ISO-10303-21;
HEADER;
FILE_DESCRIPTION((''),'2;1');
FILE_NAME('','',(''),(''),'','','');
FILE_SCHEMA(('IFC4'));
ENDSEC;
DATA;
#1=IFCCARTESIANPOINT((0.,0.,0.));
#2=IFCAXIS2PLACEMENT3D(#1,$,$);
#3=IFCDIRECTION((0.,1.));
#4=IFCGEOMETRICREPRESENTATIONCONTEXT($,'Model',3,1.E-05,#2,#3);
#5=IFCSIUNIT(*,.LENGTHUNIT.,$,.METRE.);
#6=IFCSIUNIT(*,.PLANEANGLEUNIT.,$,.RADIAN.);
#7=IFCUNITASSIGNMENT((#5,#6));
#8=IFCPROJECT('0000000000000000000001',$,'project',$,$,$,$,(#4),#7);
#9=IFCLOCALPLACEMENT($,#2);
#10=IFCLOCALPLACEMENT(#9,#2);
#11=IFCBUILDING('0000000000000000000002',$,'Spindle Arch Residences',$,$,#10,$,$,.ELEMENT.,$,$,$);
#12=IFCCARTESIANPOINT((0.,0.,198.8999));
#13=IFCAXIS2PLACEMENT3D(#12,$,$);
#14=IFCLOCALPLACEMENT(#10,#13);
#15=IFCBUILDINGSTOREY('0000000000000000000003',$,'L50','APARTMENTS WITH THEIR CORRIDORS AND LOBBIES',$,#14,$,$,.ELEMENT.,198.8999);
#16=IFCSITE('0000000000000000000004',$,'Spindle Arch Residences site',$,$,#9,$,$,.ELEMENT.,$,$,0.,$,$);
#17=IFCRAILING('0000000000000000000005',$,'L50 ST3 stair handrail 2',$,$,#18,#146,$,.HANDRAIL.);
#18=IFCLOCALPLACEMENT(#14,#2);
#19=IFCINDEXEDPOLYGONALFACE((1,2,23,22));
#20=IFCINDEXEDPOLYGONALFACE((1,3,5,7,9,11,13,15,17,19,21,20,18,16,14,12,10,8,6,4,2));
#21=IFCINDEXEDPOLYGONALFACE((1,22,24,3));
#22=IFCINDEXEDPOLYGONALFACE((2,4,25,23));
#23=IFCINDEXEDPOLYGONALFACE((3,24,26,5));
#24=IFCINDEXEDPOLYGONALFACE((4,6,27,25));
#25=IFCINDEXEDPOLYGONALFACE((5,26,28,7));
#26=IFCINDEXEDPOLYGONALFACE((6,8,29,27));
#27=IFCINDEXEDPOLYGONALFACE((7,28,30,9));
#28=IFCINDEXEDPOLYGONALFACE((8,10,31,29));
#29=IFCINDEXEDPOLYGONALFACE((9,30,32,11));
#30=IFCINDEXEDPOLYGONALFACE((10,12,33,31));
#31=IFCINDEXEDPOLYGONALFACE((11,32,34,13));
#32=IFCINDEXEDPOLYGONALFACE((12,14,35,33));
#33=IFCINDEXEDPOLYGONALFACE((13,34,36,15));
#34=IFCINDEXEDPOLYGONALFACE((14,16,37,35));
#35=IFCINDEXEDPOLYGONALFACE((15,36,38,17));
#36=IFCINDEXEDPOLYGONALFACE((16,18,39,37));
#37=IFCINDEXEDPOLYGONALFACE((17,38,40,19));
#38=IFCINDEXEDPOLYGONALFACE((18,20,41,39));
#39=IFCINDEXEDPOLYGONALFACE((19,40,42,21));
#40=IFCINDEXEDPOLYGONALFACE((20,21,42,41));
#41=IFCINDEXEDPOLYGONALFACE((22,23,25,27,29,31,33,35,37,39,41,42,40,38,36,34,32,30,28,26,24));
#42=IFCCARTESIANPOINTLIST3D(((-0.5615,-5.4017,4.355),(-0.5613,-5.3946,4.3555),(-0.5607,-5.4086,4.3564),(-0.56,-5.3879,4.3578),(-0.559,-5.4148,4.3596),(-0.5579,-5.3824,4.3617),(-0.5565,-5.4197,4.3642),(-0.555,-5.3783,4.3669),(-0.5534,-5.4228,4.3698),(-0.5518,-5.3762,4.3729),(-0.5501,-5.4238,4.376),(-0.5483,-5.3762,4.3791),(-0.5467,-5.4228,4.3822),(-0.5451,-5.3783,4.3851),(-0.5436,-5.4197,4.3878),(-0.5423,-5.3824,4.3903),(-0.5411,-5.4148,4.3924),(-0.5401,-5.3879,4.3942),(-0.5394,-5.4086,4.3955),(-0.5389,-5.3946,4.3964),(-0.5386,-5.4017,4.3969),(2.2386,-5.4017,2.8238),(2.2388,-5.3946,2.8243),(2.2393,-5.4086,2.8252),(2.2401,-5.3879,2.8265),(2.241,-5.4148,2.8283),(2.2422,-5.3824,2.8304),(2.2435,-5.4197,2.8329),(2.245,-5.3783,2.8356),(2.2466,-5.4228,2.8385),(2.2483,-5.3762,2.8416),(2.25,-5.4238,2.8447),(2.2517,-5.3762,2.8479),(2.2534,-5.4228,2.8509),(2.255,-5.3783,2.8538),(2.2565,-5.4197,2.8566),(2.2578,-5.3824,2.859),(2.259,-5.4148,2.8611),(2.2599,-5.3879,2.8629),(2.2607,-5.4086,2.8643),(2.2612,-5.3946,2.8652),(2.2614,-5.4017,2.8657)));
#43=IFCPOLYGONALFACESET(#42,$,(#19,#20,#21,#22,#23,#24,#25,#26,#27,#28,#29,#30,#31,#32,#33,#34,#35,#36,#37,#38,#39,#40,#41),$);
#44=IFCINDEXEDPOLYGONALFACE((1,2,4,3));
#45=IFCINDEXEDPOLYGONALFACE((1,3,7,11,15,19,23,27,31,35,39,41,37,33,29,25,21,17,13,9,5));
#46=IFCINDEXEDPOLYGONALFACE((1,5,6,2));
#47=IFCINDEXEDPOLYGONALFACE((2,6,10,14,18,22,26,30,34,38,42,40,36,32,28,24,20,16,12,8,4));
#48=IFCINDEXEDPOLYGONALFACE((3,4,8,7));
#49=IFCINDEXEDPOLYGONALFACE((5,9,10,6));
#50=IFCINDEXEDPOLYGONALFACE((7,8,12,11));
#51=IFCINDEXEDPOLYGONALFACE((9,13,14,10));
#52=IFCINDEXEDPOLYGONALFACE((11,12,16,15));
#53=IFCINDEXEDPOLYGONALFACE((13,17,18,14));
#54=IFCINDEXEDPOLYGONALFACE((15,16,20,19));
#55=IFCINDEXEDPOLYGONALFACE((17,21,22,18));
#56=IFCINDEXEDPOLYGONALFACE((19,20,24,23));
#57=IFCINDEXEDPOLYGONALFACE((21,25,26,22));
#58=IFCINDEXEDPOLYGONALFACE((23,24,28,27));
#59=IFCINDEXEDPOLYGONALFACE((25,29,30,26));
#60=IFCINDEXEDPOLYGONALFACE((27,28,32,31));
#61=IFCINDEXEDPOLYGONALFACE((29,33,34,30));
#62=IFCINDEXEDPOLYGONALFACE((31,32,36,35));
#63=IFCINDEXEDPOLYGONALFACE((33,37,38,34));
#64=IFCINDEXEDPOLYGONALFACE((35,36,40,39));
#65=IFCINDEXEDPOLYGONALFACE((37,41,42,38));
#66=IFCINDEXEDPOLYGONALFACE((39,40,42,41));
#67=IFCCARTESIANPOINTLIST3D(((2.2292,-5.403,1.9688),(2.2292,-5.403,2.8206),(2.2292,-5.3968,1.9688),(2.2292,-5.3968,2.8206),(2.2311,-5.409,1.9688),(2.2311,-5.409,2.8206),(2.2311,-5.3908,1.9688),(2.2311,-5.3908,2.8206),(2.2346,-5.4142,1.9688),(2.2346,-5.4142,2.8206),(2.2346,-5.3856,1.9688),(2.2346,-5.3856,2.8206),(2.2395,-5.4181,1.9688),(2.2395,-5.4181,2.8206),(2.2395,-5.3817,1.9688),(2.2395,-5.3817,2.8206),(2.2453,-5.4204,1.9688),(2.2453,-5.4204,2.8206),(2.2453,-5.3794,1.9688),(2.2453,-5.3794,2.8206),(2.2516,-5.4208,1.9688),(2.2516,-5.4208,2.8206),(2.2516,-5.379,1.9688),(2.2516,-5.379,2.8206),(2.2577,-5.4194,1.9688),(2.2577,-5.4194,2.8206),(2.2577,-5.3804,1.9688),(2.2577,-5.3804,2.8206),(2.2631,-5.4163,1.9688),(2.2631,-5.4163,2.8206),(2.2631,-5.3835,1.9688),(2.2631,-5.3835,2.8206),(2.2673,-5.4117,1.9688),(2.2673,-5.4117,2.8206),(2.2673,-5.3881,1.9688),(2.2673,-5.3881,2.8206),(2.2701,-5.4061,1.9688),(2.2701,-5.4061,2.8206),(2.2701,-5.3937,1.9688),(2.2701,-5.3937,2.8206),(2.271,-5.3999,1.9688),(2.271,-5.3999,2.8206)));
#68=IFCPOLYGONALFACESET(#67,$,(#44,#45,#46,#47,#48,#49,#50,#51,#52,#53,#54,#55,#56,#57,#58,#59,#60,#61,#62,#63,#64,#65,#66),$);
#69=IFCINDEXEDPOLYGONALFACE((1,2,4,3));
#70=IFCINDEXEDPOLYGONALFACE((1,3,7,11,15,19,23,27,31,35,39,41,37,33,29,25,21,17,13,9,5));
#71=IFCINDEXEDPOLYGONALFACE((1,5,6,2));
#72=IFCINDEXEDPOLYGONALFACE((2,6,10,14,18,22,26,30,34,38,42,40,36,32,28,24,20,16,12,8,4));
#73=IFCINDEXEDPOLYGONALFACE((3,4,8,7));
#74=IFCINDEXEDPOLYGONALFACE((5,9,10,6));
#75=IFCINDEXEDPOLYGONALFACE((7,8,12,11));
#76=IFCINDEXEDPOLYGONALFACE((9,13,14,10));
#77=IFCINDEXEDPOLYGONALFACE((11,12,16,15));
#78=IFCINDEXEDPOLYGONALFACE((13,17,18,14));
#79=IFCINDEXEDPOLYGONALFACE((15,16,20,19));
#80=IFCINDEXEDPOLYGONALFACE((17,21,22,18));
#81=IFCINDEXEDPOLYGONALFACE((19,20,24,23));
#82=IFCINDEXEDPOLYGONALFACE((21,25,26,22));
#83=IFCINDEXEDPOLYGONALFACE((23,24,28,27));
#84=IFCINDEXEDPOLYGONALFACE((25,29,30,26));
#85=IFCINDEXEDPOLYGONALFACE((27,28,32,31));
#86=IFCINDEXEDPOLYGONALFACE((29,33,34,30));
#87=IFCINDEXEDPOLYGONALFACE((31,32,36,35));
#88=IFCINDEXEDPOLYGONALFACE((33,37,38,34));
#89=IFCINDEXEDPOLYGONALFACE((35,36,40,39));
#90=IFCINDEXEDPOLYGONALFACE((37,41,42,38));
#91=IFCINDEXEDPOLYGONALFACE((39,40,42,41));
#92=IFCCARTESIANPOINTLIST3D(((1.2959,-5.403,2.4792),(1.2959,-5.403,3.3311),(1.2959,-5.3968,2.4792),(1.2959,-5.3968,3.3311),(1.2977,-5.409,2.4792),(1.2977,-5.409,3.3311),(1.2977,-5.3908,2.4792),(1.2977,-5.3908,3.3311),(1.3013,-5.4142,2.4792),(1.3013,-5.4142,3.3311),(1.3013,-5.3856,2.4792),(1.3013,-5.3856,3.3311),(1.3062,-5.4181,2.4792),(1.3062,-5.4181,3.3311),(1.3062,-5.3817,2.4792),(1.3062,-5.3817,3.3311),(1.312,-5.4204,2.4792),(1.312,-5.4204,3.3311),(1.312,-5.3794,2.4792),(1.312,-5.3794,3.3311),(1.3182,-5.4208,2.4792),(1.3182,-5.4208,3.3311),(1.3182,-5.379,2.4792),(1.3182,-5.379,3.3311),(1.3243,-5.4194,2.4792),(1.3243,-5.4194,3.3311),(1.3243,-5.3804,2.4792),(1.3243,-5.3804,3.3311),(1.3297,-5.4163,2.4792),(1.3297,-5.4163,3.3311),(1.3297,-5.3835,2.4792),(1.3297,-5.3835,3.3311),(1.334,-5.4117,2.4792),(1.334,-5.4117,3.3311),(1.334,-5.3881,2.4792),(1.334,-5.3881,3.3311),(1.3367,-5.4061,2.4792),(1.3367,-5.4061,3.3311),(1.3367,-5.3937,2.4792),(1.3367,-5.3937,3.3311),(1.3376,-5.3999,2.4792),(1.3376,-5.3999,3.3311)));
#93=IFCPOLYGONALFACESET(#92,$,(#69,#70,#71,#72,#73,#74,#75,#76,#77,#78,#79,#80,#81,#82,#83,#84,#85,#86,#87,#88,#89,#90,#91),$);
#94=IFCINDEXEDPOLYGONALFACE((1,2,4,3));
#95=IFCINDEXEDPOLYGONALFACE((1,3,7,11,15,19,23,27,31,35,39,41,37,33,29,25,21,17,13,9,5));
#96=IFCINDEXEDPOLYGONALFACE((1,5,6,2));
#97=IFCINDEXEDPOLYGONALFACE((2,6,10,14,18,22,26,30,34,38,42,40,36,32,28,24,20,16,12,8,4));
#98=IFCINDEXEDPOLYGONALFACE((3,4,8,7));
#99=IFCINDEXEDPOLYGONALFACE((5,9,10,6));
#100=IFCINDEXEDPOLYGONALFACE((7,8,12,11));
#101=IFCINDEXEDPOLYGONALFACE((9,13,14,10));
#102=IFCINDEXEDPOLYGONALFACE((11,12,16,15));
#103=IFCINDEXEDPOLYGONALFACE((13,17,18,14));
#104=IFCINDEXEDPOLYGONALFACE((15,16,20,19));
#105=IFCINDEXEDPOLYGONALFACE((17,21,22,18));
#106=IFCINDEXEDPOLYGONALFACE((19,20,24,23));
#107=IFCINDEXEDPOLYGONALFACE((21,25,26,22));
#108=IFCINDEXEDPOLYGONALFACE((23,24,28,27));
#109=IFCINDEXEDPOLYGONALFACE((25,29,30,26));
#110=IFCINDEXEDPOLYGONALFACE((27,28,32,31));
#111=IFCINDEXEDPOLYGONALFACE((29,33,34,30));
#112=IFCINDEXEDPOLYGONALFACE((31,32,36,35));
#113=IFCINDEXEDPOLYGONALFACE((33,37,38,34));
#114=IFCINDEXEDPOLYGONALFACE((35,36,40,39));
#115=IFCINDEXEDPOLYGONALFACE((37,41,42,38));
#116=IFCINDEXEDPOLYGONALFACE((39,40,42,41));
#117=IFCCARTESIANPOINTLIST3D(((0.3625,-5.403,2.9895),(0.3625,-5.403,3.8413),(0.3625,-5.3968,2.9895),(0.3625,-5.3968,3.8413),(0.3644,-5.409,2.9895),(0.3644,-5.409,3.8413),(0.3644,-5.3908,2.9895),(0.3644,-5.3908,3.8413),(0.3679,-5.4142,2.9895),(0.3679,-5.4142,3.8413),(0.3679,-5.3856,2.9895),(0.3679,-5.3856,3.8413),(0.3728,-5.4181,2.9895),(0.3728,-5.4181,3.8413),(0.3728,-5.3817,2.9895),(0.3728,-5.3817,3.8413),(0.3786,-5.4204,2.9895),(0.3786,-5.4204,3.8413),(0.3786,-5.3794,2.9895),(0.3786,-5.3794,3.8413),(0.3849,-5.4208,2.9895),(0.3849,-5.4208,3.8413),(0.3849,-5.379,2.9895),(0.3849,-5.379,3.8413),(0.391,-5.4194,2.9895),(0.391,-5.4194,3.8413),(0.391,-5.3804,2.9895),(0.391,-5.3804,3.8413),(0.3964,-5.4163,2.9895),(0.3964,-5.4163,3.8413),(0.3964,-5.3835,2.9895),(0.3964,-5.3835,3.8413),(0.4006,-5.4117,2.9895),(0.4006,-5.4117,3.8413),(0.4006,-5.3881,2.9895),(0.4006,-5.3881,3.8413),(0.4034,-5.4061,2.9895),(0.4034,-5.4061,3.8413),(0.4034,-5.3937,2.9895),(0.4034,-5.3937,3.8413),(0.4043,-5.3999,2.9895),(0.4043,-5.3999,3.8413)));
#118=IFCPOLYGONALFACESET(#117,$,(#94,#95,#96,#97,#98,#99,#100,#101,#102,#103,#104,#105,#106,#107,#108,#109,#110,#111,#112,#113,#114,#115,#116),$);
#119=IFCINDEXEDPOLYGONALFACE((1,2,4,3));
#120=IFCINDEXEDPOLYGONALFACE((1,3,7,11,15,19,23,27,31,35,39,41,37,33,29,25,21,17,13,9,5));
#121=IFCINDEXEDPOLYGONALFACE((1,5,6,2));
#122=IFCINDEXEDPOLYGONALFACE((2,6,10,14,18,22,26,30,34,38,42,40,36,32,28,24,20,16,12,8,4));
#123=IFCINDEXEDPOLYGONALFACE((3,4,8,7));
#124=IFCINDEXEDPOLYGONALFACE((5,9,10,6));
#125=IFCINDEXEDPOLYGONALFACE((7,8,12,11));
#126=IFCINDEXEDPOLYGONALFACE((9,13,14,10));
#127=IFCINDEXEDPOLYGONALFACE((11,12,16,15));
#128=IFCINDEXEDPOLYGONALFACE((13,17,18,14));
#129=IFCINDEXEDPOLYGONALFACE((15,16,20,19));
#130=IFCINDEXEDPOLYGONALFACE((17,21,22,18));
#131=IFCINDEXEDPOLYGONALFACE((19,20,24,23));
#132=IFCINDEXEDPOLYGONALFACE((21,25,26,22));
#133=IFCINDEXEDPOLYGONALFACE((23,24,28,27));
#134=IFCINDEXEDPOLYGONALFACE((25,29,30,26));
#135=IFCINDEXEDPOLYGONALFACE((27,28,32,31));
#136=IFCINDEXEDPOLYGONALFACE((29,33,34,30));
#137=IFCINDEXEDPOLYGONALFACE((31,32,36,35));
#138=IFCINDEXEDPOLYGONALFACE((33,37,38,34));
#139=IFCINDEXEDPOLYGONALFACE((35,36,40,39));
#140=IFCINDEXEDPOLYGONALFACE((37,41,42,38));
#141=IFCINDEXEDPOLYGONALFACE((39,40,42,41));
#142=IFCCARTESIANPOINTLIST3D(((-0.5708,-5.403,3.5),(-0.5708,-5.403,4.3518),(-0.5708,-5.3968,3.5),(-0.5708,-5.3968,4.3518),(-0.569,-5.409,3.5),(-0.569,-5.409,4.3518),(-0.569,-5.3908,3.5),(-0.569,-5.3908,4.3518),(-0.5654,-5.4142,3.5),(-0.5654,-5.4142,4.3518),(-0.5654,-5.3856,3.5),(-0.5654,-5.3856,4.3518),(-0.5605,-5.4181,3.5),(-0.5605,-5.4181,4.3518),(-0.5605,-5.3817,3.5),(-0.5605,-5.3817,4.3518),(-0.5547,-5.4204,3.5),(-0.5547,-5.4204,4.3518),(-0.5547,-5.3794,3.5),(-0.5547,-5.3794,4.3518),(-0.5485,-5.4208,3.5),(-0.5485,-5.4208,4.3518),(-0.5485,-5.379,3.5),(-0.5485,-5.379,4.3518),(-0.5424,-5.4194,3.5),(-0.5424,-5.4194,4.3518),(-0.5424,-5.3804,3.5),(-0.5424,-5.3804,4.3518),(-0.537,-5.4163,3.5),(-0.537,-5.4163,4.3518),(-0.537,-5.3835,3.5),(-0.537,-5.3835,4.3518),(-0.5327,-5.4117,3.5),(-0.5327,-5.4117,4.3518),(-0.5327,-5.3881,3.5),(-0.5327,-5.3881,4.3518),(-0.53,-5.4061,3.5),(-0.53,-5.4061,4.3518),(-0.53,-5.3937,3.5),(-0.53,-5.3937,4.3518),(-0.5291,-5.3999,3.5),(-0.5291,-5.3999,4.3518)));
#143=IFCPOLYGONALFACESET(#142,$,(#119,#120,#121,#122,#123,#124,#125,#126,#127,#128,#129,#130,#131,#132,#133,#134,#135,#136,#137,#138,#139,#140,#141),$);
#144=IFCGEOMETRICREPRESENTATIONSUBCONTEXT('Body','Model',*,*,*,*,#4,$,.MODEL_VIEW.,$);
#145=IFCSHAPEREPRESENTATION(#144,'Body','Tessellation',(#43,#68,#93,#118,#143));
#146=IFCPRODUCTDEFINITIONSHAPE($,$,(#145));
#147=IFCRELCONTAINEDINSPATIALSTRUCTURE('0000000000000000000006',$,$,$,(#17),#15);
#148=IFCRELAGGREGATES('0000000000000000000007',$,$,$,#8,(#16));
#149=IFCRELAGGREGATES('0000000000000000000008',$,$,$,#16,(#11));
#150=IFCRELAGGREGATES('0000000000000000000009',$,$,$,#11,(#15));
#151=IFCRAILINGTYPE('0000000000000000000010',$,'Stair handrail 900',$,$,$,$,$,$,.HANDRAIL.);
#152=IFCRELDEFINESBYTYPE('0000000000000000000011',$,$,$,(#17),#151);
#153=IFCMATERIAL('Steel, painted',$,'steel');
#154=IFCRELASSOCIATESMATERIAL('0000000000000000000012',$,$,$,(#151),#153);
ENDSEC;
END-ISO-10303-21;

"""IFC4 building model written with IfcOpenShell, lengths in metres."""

from ifc_helpers import new_model, si_unit, direction, frame, origin, origin_2d, place, context, subcontext, project, spatial, circle, extrude, material, type_object, element, save


model = new_model("IFC4")

# Units and contexts
model_context = context("Model", 3, precision=1e-05, world=origin(), true_north=direction((0.0, 1.0)))
body_context = subcontext(model_context, "Body", "Model", "MODEL_VIEW")
ifc_project = project(units=[si_unit("LENGTHUNIT", "METRE"), si_unit("PLANEANGLEUNIT", "RADIAN")], contexts=[model_context])

# Site, building, storey
site_placement = place(None, origin())
site = spatial("IfcSite", under=ifc_project, at=site_placement, Name="Spindle Arch Residences site", CompositionType="ELEMENT", RefElevation=0.0)
building_placement = place(site_placement, origin())
building = spatial("IfcBuilding", under=site, at=building_placement, Name="Spindle Arch Residences", CompositionType="ELEMENT")
storey_placement = place(building_placement, frame((0.0, 0.0, 198.8999)))
storey = spatial("IfcBuildingStorey", under=building, at=storey_placement, Name="L50", Description="APARTMENTS WITH THEIR CORRIDORS AND LOBBIES", CompositionType="ELEMENT", Elevation=198.8999)

# Railing
ifc_material_1 = material(Name="Steel, painted", Category="steel")
railing_type_1 = type_object("IfcRailingType", Name="Stair handrail 900", PredefinedType="HANDRAIL", material=ifc_material_1)
railing_1_placement = place(storey_placement, frame((2.25, -5.3999, 1.9688)))
element("IfcRailing", 1, at=railing_1_placement, inside=storey, type_object=railing_type_1, Name="L50 ST3 stair handrail 2", PredefinedType="HANDRAIL", context=body_context, shape_type="SweptSolid", body=[
    extrude(circle(Radius=0.0239, at=origin_2d()), frame((0.0, 0.0, 0.876), z_axis=(-0.877375, 0.0, 0.479806), x_axis=(0.0, -1.0, 0.0)), (0.0, 0.0, 1.0), 3.1914),
    extrude(circle(Radius=0.021, at=origin_2d()), origin(), (0.0, 0.0, 1.0), 0.8518),
    extrude(circle(Radius=0.021, at=origin_2d()), frame((-0.9333, 0.0, 0.5105)), (0.0, 0.0, 1.0), 0.8518),
    extrude(circle(Radius=0.021, at=origin_2d()), frame((-1.8667, 0.0, 1.0208)), (0.0, 0.0, 1.0), 0.8518),
    extrude(circle(Radius=0.021, at=origin_2d()), frame((-2.8, 0.0, 1.5312)), (0.0, 0.0, 1.0), 0.8518),
])

save(model, "model.ifc")
